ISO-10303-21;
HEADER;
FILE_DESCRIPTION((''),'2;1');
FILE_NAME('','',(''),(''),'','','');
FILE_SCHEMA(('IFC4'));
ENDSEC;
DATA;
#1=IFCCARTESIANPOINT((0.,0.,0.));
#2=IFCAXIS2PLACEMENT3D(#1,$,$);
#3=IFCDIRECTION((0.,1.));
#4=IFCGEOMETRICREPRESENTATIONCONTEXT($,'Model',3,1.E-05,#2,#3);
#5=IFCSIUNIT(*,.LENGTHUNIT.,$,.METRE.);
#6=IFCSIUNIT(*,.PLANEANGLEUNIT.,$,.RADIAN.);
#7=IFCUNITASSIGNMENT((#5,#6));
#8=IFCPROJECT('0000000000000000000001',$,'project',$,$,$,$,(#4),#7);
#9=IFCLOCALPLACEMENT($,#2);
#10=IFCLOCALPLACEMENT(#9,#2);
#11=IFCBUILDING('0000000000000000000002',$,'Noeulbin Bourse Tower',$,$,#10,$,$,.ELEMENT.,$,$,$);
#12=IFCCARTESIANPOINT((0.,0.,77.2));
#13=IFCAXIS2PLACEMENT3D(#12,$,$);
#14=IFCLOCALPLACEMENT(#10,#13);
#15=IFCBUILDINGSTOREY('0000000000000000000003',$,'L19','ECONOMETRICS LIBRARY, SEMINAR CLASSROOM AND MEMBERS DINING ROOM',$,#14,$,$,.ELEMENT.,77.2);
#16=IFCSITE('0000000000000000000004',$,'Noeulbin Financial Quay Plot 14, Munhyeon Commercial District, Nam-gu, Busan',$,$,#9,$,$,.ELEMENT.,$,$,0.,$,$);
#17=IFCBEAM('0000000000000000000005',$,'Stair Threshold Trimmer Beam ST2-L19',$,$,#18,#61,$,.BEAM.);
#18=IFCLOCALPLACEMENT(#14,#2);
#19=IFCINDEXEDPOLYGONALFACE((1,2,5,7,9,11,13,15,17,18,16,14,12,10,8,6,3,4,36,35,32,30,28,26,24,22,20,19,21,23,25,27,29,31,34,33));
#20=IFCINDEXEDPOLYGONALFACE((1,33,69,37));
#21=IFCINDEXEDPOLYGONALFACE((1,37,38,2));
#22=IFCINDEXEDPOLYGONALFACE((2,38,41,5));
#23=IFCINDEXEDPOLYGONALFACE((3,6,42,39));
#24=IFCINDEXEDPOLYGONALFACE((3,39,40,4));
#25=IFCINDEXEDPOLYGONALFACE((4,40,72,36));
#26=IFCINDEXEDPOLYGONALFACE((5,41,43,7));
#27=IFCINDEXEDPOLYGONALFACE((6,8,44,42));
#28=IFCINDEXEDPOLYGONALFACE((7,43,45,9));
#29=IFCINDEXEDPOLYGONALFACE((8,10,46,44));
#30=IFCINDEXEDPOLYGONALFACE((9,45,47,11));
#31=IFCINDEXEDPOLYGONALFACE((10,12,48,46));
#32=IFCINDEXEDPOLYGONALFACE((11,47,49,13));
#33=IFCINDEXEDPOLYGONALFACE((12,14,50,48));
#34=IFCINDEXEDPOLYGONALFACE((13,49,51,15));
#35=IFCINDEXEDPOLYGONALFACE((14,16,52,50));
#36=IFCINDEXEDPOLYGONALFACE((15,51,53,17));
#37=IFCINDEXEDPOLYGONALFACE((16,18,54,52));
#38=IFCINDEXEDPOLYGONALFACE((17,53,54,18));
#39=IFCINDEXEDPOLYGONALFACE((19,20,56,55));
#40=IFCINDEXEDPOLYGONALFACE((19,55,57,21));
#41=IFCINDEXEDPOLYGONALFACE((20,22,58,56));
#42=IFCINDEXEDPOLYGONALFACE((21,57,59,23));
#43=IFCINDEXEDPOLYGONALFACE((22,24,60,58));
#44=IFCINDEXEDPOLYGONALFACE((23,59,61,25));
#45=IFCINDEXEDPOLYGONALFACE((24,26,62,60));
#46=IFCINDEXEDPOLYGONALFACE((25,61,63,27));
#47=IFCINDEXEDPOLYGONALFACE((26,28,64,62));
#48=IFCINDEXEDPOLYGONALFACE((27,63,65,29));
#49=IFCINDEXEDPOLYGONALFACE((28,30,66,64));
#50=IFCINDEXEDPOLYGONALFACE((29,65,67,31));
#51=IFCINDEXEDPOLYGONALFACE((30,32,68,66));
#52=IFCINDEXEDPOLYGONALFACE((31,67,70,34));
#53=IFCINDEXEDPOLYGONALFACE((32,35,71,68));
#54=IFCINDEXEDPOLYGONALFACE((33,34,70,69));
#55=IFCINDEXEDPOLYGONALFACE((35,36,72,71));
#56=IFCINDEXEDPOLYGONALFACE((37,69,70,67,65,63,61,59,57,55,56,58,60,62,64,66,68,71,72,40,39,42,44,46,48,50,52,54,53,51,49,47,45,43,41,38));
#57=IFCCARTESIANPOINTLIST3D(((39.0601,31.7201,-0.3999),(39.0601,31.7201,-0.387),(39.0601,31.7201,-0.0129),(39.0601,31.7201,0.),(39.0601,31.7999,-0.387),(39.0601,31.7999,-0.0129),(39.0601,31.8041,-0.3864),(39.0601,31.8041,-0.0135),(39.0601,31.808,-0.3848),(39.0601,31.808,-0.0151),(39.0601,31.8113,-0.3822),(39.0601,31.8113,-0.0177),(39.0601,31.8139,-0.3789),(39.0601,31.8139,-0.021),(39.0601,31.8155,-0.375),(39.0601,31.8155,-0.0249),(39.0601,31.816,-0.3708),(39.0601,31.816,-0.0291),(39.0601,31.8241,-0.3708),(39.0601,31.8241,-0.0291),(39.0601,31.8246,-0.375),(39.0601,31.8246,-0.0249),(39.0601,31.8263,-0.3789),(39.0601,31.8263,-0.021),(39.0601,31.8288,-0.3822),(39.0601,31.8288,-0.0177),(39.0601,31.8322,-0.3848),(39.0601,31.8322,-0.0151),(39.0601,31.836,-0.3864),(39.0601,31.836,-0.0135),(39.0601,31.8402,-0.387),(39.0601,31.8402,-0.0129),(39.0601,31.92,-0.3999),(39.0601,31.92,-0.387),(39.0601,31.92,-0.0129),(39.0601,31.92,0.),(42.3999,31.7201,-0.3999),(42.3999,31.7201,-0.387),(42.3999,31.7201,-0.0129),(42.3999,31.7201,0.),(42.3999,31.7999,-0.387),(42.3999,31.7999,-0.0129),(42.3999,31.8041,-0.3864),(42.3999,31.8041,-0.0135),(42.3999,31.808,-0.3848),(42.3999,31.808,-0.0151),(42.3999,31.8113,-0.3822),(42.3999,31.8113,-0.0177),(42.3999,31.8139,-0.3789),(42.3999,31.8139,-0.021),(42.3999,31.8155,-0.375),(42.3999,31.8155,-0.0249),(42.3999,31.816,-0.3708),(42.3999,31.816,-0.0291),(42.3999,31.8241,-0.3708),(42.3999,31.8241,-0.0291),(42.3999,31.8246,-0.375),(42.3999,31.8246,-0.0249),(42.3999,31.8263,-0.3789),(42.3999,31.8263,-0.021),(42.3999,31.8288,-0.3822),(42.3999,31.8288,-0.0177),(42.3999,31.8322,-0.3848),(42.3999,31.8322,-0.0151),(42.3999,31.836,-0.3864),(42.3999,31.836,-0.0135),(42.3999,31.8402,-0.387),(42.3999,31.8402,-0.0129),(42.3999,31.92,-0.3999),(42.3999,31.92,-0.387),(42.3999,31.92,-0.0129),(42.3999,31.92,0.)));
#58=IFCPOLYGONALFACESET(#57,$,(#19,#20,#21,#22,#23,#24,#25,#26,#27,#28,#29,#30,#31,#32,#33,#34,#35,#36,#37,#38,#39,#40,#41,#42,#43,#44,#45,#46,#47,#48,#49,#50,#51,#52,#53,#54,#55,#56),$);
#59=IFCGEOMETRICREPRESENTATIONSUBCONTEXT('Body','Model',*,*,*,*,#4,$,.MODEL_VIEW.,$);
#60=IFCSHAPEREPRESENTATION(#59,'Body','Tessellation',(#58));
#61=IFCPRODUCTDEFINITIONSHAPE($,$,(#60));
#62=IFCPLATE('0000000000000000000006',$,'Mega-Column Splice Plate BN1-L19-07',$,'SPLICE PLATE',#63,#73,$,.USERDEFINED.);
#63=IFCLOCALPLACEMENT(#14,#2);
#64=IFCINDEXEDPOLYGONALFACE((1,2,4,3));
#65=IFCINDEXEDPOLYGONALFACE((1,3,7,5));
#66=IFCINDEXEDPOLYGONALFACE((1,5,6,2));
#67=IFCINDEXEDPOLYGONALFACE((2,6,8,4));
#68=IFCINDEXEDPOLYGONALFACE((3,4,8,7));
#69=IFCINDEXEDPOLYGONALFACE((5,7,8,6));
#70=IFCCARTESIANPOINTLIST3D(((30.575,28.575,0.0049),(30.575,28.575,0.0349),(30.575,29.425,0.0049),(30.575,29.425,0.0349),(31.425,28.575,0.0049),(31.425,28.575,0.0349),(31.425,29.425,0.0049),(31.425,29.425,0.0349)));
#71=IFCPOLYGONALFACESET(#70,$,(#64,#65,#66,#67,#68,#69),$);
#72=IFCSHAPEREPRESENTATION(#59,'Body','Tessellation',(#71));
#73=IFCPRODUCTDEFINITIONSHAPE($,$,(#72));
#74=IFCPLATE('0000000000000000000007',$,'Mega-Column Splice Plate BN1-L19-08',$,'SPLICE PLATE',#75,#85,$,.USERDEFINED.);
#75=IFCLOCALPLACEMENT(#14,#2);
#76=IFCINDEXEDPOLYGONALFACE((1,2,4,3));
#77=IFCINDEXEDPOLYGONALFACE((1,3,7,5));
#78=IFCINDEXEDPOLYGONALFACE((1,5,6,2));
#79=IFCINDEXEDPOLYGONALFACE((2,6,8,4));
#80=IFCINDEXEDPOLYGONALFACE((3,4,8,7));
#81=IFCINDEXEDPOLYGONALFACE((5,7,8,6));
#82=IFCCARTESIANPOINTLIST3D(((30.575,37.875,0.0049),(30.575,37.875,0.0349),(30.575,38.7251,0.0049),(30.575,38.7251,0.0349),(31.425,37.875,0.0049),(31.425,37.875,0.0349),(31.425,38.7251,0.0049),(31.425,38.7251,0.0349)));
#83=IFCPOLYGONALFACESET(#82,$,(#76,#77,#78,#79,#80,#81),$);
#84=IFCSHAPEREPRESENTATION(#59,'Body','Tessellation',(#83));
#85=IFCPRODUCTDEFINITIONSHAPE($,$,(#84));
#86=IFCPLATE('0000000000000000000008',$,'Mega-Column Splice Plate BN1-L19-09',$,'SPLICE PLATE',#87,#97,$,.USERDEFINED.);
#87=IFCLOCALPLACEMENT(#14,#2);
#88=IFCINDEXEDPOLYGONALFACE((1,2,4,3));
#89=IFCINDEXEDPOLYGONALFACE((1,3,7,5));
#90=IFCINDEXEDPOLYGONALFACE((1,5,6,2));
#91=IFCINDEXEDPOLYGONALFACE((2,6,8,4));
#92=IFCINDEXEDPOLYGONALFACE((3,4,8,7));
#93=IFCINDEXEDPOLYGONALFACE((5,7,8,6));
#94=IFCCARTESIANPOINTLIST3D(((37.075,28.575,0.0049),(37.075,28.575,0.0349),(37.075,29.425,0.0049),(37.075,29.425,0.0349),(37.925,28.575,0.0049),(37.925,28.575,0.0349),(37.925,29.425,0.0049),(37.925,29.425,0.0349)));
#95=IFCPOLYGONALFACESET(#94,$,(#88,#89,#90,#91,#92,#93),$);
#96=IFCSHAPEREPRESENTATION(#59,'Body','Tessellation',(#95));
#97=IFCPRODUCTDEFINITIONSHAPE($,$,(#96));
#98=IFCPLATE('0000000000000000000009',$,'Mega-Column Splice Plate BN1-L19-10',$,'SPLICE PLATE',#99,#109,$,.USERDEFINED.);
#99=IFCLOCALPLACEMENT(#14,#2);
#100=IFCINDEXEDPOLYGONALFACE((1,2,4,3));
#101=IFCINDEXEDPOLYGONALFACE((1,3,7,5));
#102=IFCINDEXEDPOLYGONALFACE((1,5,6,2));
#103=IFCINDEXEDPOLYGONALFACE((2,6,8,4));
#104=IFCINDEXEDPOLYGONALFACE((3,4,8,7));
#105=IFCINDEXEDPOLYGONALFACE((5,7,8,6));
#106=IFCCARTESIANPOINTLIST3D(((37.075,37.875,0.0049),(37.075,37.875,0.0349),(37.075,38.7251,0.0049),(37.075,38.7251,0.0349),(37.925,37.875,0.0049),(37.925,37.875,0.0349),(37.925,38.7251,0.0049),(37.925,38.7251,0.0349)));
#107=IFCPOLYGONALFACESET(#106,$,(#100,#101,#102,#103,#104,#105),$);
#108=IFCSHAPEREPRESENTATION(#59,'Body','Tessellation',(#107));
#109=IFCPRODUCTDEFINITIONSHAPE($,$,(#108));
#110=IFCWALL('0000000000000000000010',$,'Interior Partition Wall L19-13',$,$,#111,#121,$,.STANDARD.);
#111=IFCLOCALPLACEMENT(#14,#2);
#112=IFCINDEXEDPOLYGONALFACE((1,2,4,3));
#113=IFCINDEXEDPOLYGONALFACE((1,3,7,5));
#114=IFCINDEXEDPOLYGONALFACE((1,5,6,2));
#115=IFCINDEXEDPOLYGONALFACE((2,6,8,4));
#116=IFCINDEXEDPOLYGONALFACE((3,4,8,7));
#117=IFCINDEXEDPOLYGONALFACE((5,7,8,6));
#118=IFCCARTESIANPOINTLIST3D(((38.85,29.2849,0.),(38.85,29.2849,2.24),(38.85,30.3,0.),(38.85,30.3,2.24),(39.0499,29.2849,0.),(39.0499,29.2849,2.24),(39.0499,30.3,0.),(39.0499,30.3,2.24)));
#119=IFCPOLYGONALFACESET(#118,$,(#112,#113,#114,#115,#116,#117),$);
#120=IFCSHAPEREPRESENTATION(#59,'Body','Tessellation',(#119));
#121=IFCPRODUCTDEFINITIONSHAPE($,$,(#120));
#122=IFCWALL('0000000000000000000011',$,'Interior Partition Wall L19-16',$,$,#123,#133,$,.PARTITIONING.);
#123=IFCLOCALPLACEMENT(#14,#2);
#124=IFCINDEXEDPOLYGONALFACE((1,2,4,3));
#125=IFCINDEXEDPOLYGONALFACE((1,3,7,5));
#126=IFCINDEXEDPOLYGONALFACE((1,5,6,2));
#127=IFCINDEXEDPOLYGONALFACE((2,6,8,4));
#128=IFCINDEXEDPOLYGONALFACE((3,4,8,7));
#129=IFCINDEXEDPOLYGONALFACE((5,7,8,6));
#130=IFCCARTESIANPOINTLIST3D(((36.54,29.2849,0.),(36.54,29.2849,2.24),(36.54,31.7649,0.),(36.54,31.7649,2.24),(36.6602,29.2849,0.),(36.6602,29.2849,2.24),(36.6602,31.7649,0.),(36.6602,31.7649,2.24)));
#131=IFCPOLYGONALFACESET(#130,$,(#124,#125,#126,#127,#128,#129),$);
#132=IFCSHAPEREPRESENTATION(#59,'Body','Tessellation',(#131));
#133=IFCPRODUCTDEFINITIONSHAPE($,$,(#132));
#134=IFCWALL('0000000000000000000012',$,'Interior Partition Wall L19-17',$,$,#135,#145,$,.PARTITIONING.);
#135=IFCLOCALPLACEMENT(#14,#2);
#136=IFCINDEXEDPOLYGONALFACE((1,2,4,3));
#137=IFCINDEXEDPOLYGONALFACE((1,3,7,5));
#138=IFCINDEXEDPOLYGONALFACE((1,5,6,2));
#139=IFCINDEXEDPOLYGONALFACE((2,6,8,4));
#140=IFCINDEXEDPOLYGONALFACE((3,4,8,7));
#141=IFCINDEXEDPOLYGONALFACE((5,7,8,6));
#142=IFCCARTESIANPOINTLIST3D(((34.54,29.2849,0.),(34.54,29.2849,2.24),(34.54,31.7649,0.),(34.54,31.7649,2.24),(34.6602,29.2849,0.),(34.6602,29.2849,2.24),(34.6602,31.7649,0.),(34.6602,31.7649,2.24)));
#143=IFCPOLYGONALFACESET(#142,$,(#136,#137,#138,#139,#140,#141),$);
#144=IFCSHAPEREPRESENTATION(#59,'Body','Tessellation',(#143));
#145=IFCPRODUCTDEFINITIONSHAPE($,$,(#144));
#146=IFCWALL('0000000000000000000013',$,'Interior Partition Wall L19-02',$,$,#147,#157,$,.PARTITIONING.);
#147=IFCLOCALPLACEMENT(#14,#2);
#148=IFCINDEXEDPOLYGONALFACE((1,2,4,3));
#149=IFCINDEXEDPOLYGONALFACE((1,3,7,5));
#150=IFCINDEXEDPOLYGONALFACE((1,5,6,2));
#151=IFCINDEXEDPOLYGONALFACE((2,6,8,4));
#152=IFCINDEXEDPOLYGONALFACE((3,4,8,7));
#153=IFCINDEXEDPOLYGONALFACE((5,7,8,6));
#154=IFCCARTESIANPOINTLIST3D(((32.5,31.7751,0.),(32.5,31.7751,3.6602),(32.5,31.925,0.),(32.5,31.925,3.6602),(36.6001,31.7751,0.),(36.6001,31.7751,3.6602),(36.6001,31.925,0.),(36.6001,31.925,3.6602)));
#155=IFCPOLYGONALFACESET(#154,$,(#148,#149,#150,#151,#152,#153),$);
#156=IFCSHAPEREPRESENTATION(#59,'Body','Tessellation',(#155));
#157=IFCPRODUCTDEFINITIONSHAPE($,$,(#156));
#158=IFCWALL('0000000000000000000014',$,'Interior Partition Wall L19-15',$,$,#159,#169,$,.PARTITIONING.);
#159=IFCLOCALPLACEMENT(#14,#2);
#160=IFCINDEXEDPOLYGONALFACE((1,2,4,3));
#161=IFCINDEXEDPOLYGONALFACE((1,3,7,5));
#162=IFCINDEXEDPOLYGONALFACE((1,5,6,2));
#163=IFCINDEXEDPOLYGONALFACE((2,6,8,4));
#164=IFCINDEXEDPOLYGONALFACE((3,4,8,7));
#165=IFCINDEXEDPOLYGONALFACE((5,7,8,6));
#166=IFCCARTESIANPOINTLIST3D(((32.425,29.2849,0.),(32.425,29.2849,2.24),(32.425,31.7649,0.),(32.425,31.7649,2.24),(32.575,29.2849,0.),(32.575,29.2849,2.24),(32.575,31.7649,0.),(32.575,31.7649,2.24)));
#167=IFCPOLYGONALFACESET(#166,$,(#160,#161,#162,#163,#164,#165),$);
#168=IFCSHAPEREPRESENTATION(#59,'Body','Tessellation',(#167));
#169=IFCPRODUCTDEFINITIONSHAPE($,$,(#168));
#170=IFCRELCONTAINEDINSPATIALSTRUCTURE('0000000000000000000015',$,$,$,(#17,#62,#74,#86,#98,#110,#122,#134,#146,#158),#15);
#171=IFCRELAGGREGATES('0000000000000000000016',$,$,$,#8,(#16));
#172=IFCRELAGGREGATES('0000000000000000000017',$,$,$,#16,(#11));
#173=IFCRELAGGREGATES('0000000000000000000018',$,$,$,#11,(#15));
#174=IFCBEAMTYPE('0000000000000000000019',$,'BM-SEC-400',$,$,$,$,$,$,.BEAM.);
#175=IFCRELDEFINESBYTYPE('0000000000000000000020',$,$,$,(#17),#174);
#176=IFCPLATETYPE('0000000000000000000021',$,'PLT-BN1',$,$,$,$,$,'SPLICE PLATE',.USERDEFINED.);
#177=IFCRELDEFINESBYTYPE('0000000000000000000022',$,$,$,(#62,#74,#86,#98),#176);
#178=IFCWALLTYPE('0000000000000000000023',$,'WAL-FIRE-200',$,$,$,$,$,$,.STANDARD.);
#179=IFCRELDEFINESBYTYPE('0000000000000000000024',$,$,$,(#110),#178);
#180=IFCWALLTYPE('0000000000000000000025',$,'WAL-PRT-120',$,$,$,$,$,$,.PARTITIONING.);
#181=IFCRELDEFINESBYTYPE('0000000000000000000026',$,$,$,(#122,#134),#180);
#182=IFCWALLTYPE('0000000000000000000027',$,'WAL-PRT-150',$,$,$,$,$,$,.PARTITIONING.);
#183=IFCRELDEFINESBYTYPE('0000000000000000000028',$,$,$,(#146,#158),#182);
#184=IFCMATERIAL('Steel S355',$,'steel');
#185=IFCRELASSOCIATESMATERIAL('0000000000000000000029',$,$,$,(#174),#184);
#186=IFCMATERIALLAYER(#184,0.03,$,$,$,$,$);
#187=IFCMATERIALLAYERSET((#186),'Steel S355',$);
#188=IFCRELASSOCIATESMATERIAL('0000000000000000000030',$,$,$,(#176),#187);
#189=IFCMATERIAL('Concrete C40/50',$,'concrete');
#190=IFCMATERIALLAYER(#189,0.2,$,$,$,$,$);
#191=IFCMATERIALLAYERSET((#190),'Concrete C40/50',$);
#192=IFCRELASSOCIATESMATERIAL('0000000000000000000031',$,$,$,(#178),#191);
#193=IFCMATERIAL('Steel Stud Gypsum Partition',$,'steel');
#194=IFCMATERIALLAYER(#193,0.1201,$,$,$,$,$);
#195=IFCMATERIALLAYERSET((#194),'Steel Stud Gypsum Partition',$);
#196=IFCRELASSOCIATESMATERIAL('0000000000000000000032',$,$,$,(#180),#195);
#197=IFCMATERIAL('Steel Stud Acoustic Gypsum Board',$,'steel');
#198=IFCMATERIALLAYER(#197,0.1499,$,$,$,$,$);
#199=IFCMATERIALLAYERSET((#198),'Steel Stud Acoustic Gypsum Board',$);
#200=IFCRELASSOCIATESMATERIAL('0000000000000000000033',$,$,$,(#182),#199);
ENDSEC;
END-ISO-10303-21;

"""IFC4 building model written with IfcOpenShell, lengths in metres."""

from ifc_helpers import new_model, si_unit, direction, frame, frame_2d, origin, origin_2d, place, context, subcontext, project, spatial, rectangle, i_section, extrude, material, layer, layer_set, material_profile, profile_set, type_object, element, save


model = new_model("IFC4")

# Units and contexts
model_context = context("Model", 3, precision=1e-05, world=origin(), true_north=direction((0.0, 1.0)))
body_context = subcontext(model_context, "Body", "Model", "MODEL_VIEW")
ifc_project = project(units=[si_unit("LENGTHUNIT", "METRE"), si_unit("PLANEANGLEUNIT", "RADIAN")], contexts=[model_context])

# Site, building, storey
site_placement = place(None, origin())
site = spatial("IfcSite", under=ifc_project, at=site_placement, Name="Noeulbin Financial Quay Plot 14, Munhyeon Commercial District, Nam-gu, Busan", CompositionType="ELEMENT", RefElevation=0.0)
building_placement = place(site_placement, origin())
building = spatial("IfcBuilding", under=site, at=building_placement, Name="Noeulbin Bourse Tower", CompositionType="ELEMENT")
storey_placement = place(building_placement, frame((0.0, 0.0, 77.2)))
storey = spatial("IfcBuildingStorey", under=building, at=storey_placement, Name="L19", Description="ECONOMETRICS LIBRARY, SEMINAR CLASSROOM AND MEMBERS DINING ROOM", CompositionType="ELEMENT", Elevation=77.2)

# Beam
ifc_material_1 = material(Name="Steel S355", Category="steel")
ifc_material_profile_1 = material_profile(ifc_material_1, i_section(OverallWidth=0.2, OverallDepth=0.3999, WebThickness=0.0081, FlangeThickness=0.0129, FilletRadius=0.0161, at=origin_2d()), Name="H-400x200x8x13", Category="LoadBearing")
ifc_profile_set_1 = profile_set([ifc_material_profile_1], Name="Steel S355")
beam_type_1 = type_object("IfcBeamType", Name="BM-SEC-400", PredefinedType="BEAM", material=ifc_profile_set_1)
beam_placement = place(storey_placement, frame((39.0601, 31.8201, -0.2), z_axis=(1.0, 0.0, 0.0), x_axis=(0.0, 1.0, 0.0)))
element("IfcBeam", 1, at=beam_placement, inside=storey, type_object=beam_type_1, Name="Stair Threshold Trimmer Beam ST2-L19", PredefinedType="BEAM", context=body_context, shape_type="SweptSolid", body=[
    extrude(i_section(OverallWidth=0.2, OverallDepth=0.3999, WebThickness=0.0081, FlangeThickness=0.0129, FilletRadius=0.0161, at=origin_2d()), origin(), (0.0, 0.0, 1.0), 3.3398),
])

# Plates
ifc_layer_1 = layer(ifc_material_1, 0.03)
ifc_layer_set_1 = layer_set([ifc_layer_1], Name="Steel S355")
plate_type = type_object("IfcPlateType", Name="PLT-BN1", ElementType="SPLICE PLATE", PredefinedType="USERDEFINED", material=ifc_layer_set_1)
for number, where, z_axis, x_axis, name in (
    (2, (31.0, 29.0, 0.0049), (0.0, 0.0, 1.0), (1.0, 0.0, 0.0), "Mega-Column Splice Plate BN1-L19-07"),
    (3, (31.0, 38.3, 0.0049), (0.0, 0.0, 1.0), (1.0, 0.0, 0.0), "Mega-Column Splice Plate BN1-L19-08"),
    (4, (37.5, 29.0, 0.0049), (0.0, 0.0, 1.0), (1.0, 0.0, 0.0), "Mega-Column Splice Plate BN1-L19-09"),
    (5, (37.5, 38.3, 0.0049), (0.0, 0.0, 1.0), (1.0, 0.0, 0.0), "Mega-Column Splice Plate BN1-L19-10"),
):
    element("IfcPlate", number, at=place(storey_placement, frame(where, z_axis=z_axis, x_axis=x_axis)), inside=storey, type_object=plate_type, Name=name, ObjectType="SPLICE PLATE", PredefinedType="USERDEFINED", context=body_context, shape_type="SweptSolid", body=[
        extrude(rectangle(XDim=0.8501, YDim=0.8501, at=origin_2d()), origin(), (0.0, 0.0, 1.0), 0.03),
    ])

# Walls
ifc_material_2 = material(Name="Concrete C40/50", Category="concrete")
ifc_layer_2 = layer(ifc_material_2, 0.2)
ifc_layer_set_2 = layer_set([ifc_layer_2], Name="Concrete C40/50")
wall_type_1 = type_object("IfcWallType", Name="WAL-FIRE-200", PredefinedType="STANDARD", material=ifc_layer_set_2)
wall_1_placement = place(storey_placement, frame((38.95, 29.2849, 0.0), z_axis=(0.0, 0.0, 1.0), x_axis=(0.0, 1.0, 0.0)))
element("IfcWall", 6, at=wall_1_placement, inside=storey, type_object=wall_type_1, Name="Interior Partition Wall L19-13", PredefinedType="STANDARD", context=body_context, shape_type="SweptSolid", body=[
    extrude(rectangle(XDim=1.0151, YDim=0.2, at=frame_2d((0.5076, 0.0))), origin(), (0.0, 0.0, 1.0), 2.24),
])
ifc_material_3 = material(Name="Steel Stud Gypsum Partition", Category="steel")
ifc_layer_3 = layer(ifc_material_3, 0.1201)
ifc_layer_set_3 = layer_set([ifc_layer_3], Name="Steel Stud Gypsum Partition")
wall_type_2 = type_object("IfcWallType", Name="WAL-PRT-120", PredefinedType="PARTITIONING", material=ifc_layer_set_3)
for number, where, z_axis, x_axis, name in (
    (7, (36.6001, 29.2849, 0.0), (0.0, 0.0, 1.0), (0.0, 1.0, 0.0), "Interior Partition Wall L19-16"),
    (8, (34.6001, 29.2849, 0.0), (0.0, 0.0, 1.0), (0.0, 1.0, 0.0), "Interior Partition Wall L19-17"),
):
    element("IfcWall", number, at=place(storey_placement, frame(where, z_axis=z_axis, x_axis=x_axis)), inside=storey, type_object=wall_type_2, Name=name, PredefinedType="PARTITIONING", context=body_context, shape_type="SweptSolid", body=[
        extrude(rectangle(XDim=2.48, YDim=0.1201, at=frame_2d((1.24, 0.0))), origin(), (0.0, 0.0, 1.0), 2.24),
    ])
ifc_material_4 = material(Name="Steel Stud Acoustic Gypsum Board", Category="steel")
ifc_layer_4 = layer(ifc_material_4, 0.1499)
ifc_layer_set_4 = layer_set([ifc_layer_4], Name="Steel Stud Acoustic Gypsum Board")
wall_type_3 = type_object("IfcWallType", Name="WAL-PRT-150", PredefinedType="PARTITIONING", material=ifc_layer_set_4)
wall_2_placement = place(storey_placement, frame((32.5, 31.8501, 0.0), z_axis=(0.0, 0.0, 1.0), x_axis=(1.0, 0.0, 0.0)))
element("IfcWall", 9, at=wall_2_placement, inside=storey, type_object=wall_type_3, Name="Interior Partition Wall L19-02", PredefinedType="PARTITIONING", context=body_context, shape_type="SweptSolid", body=[
    extrude(rectangle(XDim=4.1001, YDim=0.1499, at=frame_2d((2.05, 0.0))), origin(), (0.0, 0.0, 1.0), 3.6602),
])
wall_3_placement = place(storey_placement, frame((32.5, 29.2849, 0.0), z_axis=(0.0, 0.0, 1.0), x_axis=(0.0, 1.0, 0.0)))
element("IfcWall", 10, at=wall_3_placement, inside=storey, type_object=wall_type_3, Name="Interior Partition Wall L19-15", PredefinedType="PARTITIONING", context=body_context, shape_type="SweptSolid", body=[
    extrude(rectangle(XDim=2.48, YDim=0.1499, at=frame_2d((1.24, 0.0))), origin(), (0.0, 0.0, 1.0), 2.24),
])

save(model, "model.ifc")
